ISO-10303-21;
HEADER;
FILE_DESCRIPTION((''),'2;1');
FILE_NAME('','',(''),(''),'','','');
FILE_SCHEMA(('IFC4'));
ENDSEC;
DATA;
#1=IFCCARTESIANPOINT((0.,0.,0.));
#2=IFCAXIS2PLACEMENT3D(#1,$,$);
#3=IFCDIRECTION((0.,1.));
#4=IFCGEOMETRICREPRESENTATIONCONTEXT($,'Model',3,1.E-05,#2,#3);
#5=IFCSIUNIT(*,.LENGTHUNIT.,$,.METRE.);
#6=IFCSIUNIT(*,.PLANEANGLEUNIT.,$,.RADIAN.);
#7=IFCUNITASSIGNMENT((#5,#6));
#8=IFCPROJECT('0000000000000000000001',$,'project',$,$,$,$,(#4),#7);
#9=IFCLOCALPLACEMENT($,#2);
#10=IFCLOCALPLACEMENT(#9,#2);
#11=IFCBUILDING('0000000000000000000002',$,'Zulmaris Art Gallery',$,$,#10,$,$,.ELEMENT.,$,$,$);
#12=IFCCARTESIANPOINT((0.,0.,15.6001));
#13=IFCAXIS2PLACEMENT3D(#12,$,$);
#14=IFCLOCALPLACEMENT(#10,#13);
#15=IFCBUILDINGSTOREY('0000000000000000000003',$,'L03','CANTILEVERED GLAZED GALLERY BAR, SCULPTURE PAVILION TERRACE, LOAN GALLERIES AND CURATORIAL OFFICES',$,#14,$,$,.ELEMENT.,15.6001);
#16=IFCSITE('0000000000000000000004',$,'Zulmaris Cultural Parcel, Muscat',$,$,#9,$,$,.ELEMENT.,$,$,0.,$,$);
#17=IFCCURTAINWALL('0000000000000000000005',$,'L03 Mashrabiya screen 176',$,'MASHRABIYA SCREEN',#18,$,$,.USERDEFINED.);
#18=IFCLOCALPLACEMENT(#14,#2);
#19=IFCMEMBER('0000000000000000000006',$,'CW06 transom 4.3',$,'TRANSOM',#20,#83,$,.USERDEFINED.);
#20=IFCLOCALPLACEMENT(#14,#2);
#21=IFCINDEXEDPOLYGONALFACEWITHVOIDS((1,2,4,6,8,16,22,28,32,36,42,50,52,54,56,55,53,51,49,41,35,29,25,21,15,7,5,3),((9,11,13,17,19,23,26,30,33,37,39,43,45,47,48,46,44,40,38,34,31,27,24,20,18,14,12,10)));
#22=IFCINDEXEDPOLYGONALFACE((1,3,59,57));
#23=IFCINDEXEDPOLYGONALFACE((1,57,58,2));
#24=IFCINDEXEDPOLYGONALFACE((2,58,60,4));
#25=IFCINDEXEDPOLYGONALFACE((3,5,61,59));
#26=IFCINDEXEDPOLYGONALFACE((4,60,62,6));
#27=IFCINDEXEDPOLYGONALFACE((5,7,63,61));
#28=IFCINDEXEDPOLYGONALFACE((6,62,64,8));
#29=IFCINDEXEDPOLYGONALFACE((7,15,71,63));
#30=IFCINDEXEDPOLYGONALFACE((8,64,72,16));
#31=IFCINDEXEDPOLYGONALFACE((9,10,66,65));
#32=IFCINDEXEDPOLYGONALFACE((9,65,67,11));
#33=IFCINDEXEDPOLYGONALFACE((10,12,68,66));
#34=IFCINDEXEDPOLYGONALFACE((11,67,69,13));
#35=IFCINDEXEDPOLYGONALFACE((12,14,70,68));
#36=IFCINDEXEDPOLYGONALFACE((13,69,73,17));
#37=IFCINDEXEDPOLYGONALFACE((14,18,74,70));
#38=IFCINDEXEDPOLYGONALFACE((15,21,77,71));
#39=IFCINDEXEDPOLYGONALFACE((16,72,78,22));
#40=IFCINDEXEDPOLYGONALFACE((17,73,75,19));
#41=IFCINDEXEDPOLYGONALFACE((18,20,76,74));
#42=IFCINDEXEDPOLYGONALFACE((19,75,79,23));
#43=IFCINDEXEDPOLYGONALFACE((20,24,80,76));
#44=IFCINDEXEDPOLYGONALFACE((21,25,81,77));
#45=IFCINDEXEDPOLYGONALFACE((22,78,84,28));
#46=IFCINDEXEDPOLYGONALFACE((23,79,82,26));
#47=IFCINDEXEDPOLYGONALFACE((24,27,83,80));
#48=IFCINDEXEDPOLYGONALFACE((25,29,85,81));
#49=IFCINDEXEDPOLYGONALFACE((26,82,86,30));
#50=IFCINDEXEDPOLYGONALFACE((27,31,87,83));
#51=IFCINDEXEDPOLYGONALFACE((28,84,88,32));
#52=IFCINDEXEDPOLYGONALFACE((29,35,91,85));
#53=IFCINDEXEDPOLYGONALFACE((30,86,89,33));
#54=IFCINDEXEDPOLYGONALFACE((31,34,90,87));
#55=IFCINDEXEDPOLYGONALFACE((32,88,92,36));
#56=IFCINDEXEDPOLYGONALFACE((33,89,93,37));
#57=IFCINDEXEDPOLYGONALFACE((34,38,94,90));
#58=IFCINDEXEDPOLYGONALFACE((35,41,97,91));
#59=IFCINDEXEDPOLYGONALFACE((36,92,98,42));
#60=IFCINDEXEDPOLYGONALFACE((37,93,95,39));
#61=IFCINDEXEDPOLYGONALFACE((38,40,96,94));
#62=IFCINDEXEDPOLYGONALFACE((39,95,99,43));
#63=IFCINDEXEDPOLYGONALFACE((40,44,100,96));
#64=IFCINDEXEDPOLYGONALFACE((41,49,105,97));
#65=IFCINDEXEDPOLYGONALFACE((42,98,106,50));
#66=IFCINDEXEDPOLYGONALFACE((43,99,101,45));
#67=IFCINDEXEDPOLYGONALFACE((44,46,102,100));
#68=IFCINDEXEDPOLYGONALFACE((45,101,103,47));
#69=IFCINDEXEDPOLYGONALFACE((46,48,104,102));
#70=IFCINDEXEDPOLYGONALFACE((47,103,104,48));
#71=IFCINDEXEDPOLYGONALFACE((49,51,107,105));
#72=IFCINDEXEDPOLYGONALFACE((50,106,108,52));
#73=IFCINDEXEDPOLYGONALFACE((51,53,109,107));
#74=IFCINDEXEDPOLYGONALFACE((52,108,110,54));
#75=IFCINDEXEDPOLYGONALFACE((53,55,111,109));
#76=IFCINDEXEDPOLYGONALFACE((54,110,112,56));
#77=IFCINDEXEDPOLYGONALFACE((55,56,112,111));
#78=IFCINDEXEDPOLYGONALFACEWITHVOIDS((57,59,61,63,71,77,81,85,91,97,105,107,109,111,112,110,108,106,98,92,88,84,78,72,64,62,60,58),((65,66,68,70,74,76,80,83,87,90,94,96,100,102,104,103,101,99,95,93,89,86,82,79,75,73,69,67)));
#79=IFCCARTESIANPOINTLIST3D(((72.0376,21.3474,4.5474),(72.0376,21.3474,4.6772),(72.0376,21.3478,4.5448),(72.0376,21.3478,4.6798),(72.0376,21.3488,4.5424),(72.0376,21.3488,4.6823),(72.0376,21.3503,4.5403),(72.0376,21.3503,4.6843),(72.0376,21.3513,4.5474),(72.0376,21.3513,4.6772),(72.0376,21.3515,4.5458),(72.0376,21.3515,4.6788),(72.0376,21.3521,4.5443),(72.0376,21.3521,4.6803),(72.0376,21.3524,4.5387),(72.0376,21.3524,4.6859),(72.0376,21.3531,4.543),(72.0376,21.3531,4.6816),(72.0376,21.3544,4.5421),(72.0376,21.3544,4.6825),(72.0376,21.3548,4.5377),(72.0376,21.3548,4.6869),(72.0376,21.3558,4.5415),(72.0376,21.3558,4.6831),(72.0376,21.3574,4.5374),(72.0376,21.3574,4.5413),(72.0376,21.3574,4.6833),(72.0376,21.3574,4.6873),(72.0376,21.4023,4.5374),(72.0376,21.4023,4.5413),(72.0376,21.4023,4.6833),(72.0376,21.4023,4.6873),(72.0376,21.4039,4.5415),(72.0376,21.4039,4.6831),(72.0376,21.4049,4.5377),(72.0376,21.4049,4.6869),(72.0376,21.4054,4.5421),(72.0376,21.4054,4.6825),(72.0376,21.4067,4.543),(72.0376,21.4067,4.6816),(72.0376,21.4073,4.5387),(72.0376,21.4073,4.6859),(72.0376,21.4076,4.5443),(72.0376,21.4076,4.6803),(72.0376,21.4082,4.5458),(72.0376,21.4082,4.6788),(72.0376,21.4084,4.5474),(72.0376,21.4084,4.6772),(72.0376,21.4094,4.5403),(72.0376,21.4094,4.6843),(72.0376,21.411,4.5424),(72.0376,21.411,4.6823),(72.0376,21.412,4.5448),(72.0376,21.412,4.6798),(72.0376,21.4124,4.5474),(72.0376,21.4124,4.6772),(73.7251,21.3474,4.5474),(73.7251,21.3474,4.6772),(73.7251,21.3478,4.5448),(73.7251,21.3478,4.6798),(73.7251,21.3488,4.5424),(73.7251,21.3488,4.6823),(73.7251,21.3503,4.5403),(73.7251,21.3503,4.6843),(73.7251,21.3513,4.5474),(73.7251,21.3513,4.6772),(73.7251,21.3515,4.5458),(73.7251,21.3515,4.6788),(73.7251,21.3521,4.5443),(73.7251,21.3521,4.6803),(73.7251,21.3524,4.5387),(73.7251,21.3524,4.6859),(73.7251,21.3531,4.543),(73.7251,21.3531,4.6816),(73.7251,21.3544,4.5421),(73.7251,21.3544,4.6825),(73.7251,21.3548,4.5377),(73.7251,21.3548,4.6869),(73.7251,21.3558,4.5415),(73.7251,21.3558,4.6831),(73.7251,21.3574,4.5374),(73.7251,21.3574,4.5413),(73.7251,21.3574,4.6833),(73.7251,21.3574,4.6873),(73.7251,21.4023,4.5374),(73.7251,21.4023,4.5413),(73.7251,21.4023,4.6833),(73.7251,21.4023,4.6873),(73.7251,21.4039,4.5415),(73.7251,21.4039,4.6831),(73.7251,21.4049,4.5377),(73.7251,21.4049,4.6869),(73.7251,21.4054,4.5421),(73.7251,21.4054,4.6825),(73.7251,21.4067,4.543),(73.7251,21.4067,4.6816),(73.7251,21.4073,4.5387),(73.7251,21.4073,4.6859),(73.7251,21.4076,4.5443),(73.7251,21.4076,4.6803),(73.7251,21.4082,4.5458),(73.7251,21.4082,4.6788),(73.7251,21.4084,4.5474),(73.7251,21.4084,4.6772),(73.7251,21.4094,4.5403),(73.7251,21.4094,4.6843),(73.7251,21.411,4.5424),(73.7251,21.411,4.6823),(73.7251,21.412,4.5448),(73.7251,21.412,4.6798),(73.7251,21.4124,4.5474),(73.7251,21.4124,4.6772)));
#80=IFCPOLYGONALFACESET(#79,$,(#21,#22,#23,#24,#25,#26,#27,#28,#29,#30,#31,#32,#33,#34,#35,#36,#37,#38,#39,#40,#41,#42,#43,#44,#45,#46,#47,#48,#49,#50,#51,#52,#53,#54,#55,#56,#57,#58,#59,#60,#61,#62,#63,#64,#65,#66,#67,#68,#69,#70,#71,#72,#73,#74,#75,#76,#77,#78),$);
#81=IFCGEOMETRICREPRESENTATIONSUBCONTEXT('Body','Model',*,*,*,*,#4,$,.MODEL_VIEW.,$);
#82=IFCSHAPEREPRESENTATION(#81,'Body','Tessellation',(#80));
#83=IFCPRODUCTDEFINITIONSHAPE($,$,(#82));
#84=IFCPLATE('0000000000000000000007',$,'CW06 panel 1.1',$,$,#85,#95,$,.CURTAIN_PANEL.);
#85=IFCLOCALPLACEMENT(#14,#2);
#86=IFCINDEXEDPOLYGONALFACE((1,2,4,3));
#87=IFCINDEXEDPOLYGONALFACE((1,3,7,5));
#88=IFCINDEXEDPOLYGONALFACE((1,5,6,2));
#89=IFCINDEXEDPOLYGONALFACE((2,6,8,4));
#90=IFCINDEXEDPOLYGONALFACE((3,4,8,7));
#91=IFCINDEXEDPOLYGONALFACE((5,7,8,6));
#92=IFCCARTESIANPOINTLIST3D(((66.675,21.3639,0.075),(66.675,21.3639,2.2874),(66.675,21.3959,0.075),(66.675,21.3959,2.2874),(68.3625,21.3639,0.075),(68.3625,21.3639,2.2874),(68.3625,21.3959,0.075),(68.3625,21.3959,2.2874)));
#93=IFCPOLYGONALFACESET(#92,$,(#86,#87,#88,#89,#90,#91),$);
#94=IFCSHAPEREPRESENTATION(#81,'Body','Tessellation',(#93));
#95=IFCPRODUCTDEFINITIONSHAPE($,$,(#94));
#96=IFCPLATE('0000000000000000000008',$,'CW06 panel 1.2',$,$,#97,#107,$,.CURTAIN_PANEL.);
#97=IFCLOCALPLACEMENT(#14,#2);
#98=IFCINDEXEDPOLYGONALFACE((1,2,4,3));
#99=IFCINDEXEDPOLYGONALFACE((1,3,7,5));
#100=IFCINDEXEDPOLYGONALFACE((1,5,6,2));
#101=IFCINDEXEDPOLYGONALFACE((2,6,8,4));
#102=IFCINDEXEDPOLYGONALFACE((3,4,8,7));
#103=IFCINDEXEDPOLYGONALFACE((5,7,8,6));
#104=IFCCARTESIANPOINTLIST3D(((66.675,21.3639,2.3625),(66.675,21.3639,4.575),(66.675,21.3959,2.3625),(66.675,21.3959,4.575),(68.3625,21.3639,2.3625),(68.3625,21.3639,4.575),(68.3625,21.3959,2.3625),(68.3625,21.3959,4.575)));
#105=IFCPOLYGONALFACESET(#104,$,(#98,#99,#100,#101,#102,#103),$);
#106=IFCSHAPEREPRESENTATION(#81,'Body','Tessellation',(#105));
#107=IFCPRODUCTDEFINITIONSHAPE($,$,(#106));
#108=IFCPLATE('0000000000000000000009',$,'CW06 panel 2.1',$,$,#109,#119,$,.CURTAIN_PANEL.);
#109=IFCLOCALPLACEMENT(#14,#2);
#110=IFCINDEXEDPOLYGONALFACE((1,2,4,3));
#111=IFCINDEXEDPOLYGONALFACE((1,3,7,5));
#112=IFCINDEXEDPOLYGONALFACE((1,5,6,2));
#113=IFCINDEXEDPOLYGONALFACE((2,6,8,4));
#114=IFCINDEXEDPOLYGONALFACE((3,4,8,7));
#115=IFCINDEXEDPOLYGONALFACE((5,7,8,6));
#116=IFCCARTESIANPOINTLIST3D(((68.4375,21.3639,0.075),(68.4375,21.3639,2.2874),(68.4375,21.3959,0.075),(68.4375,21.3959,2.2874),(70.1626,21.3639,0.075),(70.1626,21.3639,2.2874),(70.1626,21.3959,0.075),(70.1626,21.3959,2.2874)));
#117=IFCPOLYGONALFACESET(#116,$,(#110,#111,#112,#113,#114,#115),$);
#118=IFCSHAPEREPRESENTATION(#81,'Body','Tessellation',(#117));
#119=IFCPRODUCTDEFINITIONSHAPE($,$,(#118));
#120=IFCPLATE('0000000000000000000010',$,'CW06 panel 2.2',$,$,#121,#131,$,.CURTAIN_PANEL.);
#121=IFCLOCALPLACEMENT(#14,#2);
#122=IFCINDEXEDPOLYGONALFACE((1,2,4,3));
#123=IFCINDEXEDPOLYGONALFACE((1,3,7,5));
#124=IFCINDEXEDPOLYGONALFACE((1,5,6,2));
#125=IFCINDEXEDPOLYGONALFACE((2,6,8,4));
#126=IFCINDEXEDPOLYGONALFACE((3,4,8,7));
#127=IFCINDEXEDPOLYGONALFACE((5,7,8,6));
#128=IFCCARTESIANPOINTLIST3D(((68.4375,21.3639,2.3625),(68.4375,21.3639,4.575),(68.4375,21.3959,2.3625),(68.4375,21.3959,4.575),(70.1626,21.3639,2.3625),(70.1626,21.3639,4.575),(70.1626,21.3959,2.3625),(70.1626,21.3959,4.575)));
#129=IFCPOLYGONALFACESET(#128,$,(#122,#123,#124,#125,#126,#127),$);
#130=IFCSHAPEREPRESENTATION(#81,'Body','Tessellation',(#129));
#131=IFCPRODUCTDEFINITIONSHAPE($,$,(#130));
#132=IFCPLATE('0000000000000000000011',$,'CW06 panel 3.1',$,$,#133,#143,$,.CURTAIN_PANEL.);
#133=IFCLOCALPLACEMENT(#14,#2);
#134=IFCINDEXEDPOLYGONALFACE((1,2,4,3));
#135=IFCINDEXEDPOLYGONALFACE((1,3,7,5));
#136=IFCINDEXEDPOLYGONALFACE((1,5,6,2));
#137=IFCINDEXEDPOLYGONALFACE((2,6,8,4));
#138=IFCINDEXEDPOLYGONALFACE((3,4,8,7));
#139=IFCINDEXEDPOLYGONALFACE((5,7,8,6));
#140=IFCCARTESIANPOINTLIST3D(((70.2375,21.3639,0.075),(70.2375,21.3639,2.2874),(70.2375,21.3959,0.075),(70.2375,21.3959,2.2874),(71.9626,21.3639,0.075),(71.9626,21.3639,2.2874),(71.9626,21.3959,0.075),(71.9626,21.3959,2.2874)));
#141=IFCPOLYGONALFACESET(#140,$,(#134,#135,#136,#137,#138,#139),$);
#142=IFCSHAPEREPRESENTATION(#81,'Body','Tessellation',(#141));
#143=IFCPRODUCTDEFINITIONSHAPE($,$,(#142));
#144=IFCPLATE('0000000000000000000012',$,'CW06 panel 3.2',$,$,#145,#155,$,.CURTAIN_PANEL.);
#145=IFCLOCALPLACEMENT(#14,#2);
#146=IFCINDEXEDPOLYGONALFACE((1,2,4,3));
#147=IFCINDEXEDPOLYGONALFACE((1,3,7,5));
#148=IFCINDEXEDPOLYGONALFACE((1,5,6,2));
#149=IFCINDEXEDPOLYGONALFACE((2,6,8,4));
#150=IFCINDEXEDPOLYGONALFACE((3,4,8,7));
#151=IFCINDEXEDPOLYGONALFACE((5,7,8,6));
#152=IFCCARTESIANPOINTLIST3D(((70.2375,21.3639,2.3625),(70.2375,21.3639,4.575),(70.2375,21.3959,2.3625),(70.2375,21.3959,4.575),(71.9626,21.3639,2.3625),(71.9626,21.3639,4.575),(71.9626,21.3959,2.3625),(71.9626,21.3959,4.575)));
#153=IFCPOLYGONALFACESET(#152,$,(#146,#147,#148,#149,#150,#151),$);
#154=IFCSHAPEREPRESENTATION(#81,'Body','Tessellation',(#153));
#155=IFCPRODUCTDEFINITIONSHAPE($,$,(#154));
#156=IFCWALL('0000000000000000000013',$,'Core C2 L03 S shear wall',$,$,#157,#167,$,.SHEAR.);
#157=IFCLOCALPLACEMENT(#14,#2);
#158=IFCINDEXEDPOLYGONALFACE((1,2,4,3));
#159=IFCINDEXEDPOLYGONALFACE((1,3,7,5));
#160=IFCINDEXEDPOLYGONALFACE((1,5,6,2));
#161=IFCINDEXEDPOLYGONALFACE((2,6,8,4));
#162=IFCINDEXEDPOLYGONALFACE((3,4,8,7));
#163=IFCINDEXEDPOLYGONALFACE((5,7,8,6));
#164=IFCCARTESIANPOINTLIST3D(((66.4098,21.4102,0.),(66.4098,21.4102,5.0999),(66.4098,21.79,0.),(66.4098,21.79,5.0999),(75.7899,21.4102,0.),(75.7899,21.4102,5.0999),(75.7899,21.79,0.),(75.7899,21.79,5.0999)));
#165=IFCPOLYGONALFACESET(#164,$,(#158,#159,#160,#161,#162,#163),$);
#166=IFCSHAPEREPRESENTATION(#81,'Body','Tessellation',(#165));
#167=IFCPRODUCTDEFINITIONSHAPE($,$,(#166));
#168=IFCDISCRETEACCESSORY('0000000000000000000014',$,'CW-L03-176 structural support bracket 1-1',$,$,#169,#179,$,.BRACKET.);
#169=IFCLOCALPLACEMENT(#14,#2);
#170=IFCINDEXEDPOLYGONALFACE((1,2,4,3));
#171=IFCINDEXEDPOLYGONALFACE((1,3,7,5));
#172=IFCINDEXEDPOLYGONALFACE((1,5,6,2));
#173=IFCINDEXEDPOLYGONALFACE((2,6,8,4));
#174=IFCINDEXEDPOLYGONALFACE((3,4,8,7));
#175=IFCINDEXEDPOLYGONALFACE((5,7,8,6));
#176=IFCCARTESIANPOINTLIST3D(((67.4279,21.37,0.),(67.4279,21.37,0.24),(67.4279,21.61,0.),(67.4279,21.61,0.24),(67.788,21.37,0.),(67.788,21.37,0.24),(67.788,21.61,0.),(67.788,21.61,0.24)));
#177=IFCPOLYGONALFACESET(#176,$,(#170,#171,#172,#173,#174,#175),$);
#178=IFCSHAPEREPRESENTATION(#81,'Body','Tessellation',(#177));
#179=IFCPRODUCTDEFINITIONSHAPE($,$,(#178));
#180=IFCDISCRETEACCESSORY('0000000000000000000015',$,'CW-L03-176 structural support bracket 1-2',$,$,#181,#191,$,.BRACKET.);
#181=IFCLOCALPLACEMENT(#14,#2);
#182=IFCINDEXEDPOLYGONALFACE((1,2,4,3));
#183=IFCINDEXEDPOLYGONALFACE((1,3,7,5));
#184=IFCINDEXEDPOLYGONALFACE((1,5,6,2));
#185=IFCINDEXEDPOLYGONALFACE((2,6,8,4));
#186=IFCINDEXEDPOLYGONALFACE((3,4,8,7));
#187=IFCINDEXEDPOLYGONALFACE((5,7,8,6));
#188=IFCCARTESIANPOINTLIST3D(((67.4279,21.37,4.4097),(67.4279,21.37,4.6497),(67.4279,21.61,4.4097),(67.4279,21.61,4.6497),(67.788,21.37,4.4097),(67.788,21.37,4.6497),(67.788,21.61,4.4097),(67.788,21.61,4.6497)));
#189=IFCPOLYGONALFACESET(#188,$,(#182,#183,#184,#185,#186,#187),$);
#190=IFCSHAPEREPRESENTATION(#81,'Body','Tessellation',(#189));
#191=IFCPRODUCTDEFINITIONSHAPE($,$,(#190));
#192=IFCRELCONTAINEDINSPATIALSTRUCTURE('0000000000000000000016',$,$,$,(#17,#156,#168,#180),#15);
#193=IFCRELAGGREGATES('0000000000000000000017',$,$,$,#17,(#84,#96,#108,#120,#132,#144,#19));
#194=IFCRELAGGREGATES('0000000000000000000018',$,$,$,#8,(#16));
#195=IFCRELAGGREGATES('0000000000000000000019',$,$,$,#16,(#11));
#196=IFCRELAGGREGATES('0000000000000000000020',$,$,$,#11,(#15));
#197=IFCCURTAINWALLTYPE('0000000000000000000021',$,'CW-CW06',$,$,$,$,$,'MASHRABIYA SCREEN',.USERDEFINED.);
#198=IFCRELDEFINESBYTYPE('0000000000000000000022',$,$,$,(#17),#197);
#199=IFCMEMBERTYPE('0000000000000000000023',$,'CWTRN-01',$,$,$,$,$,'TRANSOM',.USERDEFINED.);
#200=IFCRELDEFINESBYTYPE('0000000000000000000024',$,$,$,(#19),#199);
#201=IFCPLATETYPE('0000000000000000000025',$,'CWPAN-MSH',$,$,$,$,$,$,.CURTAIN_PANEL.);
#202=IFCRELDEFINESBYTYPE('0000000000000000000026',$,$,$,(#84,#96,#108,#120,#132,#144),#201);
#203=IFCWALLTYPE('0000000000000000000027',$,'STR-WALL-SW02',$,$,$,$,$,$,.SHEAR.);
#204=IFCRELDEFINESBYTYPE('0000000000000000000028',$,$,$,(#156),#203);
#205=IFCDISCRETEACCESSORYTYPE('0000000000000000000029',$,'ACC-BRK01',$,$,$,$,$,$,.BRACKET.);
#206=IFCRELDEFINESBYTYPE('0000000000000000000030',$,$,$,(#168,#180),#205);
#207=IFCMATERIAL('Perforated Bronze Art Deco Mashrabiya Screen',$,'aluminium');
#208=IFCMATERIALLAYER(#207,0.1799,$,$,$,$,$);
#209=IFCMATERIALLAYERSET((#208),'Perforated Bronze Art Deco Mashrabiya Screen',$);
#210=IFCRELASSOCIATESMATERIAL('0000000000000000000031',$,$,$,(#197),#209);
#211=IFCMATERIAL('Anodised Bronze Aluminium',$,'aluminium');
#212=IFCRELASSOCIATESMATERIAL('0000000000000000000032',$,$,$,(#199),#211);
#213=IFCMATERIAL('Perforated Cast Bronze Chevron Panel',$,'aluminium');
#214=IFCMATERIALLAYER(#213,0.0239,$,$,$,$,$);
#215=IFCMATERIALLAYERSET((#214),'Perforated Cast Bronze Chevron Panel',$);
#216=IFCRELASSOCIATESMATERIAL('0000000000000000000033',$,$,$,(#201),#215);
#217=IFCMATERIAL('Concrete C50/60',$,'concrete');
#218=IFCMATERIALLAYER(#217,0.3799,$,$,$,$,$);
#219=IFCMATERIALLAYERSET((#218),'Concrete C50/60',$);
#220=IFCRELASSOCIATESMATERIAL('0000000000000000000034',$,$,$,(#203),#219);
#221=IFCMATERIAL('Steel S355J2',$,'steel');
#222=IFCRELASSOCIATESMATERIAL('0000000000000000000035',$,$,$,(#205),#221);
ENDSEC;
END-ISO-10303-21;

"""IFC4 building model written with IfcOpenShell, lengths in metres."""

from ifc_helpers import new_model, si_unit, direction, frame, frame_2d, origin, origin_2d, place, context, subcontext, project, spatial, rectangle, hollow_rectangle, extrude, material, layer, layer_set, material_profile, profile_set, type_object, element, aggregate, save


model = new_model("IFC4")

# Units and contexts
model_context = context("Model", 3, precision=1e-05, world=origin(), true_north=direction((0.0, 1.0)))
body_context = subcontext(model_context, "Body", "Model", "MODEL_VIEW")
ifc_project = project(units=[si_unit("LENGTHUNIT", "METRE"), si_unit("PLANEANGLEUNIT", "RADIAN")], contexts=[model_context])

# Site, building, storey
site_placement = place(None, origin())
site = spatial("IfcSite", under=ifc_project, at=site_placement, Name="Zulmaris Cultural Parcel, Muscat", CompositionType="ELEMENT", RefElevation=0.0)
building_placement = place(site_placement, origin())
building = spatial("IfcBuilding", under=site, at=building_placement, Name="Zulmaris Art Gallery", CompositionType="ELEMENT")
storey_placement = place(building_placement, frame((0.0, 0.0, 15.6001)))
storey = spatial("IfcBuildingStorey", under=building, at=storey_placement, Name="L03", Description="CANTILEVERED GLAZED GALLERY BAR, SCULPTURE PAVILION TERRACE, LOAN GALLERIES AND CURATORIAL OFFICES", CompositionType="ELEMENT", Elevation=15.6001)

# Shared definitions
ifc_material_1 = material(Name="Steel S355J2", Category="steel")

# Shared definitions
ifc_material_2 = material(Name="Anodised Bronze Aluminium", Category="aluminium")
ifc_material_3 = material(Name="Perforated Bronze Art Deco Mashrabiya Screen", Category="aluminium")
ifc_layer_1 = layer(ifc_material_3, 0.1799)
ifc_layer_set_1 = layer_set([ifc_layer_1], Name="Perforated Bronze Art Deco Mashrabiya Screen")
curtain_wall_type_1 = type_object("IfcCurtainWallType", Name="CW-CW06", ElementType="MASHRABIYA SCREEN", PredefinedType="USERDEFINED", material=ifc_layer_set_1)

# Curtain wall, member, plates
curtain_wall_1_placement = place(storey_placement, origin())
curtain_wall_1 = element("IfcCurtainWall", 1, at=curtain_wall_1_placement, inside=storey, type_object=curtain_wall_type_1, Name="L03 Mashrabiya screen 176", ObjectType="MASHRABIYA SCREEN", PredefinedType="USERDEFINED")
ifc_material_profile_1 = material_profile(ifc_material_2, hollow_rectangle(XDim=0.0649, YDim=0.1499, WallThickness=0.0039, InnerFilletRadius=0.0061, OuterFilletRadius=0.01, at=origin_2d()), Name="ALU 65x150x4")
ifc_profile_set_1 = profile_set([ifc_material_profile_1], Name="Anodised Bronze Aluminium")
member_type_1 = type_object("IfcMemberType", Name="CWTRN-01", ElementType="TRANSOM", PredefinedType="USERDEFINED", material=ifc_profile_set_1)
member_1_placement = place(storey_placement, frame((72.0376, 21.3799, 4.6123), z_axis=(1.0, 0.0, 0.0), x_axis=(0.0, 1.0, 0.0)))
member_1 = element("IfcMember", 2, at=member_1_placement, type_object=member_type_1, Name="CW06 transom 4.3", ObjectType="TRANSOM", PredefinedType="USERDEFINED", context=body_context, shape_type="SweptSolid", body=[
    extrude(hollow_rectangle(XDim=0.0649, YDim=0.1499, WallThickness=0.0039, InnerFilletRadius=0.0061, OuterFilletRadius=0.01, at=origin_2d()), origin(), (0.0, 0.0, 1.0), 1.6875),
])
ifc_material_4 = material(Name="Perforated Cast Bronze Chevron Panel", Category="aluminium")
ifc_layer_2 = layer(ifc_material_4, 0.0239)
ifc_layer_set_2 = layer_set([ifc_layer_2], Name="Perforated Cast Bronze Chevron Panel")
plate_type = type_object("IfcPlateType", Name="CWPAN-MSH", PredefinedType="CURTAIN_PANEL", material=ifc_layer_set_2)
plate_1_placement = place(storey_placement, frame((67.5188, 21.3799, 0.075), z_axis=(0.0, 0.0, 1.0), x_axis=(1.0, 0.0, 0.0)))
plate_1 = element("IfcPlate", 3, at=plate_1_placement, type_object=plate_type, Name="CW06 panel 1.1", PredefinedType="CURTAIN_PANEL", context=body_context, shape_type="SweptSolid", body=[
    extrude(rectangle(XDim=1.6875, YDim=0.032, at=origin_2d()), origin(), (0.0, 0.0, 1.0), 2.2124),
])
plate_2_placement = place(storey_placement, frame((67.5188, 21.3799, 2.3625), z_axis=(0.0, 0.0, 1.0), x_axis=(1.0, 0.0, 0.0)))
plate_2 = element("IfcPlate", 4, at=plate_2_placement, type_object=plate_type, Name="CW06 panel 1.2", PredefinedType="CURTAIN_PANEL", context=body_context, shape_type="SweptSolid", body=[
    extrude(rectangle(XDim=1.6875, YDim=0.032, at=origin_2d()), origin(), (0.0, 0.0, 1.0), 2.2124),
])
plate_3_placement = place(storey_placement, frame((69.3, 21.3799, 0.075), z_axis=(0.0, 0.0, 1.0), x_axis=(1.0, 0.0, 0.0)))
plate_3 = element("IfcPlate", 5, at=plate_3_placement, type_object=plate_type, Name="CW06 panel 2.1", PredefinedType="CURTAIN_PANEL", context=body_context, shape_type="SweptSolid", body=[
    extrude(rectangle(XDim=1.7251, YDim=0.032, at=origin_2d()), origin(), (0.0, 0.0, 1.0), 2.2124),
])
plate_4_placement = place(storey_placement, frame((69.3, 21.3799, 2.3625), z_axis=(0.0, 0.0, 1.0), x_axis=(1.0, 0.0, 0.0)))
plate_4 = element("IfcPlate", 6, at=plate_4_placement, type_object=plate_type, Name="CW06 panel 2.2", PredefinedType="CURTAIN_PANEL", context=body_context, shape_type="SweptSolid", body=[
    extrude(rectangle(XDim=1.7251, YDim=0.032, at=origin_2d()), origin(), (0.0, 0.0, 1.0), 2.2124),
])
plate_5_placement = place(storey_placement, frame((71.1001, 21.3799, 0.075), z_axis=(0.0, 0.0, 1.0), x_axis=(1.0, 0.0, 0.0)))
plate_5 = element("IfcPlate", 7, at=plate_5_placement, type_object=plate_type, Name="CW06 panel 3.1", PredefinedType="CURTAIN_PANEL", context=body_context, shape_type="SweptSolid", body=[
    extrude(rectangle(XDim=1.7251, YDim=0.032, at=origin_2d()), origin(), (0.0, 0.0, 1.0), 2.2124),
])
plate_6_placement = place(storey_placement, frame((71.1001, 21.3799, 2.3625), z_axis=(0.0, 0.0, 1.0), x_axis=(1.0, 0.0, 0.0)))
plate_6 = element("IfcPlate", 8, at=plate_6_placement, type_object=plate_type, Name="CW06 panel 3.2", PredefinedType="CURTAIN_PANEL", context=body_context, shape_type="SweptSolid", body=[
    extrude(rectangle(XDim=1.7251, YDim=0.032, at=origin_2d()), origin(), (0.0, 0.0, 1.0), 2.2124),
])
aggregate(curtain_wall_1, [plate_1, plate_2, plate_3, plate_4, plate_5, plate_6, member_1])

# Wall
ifc_material_5 = material(Name="Concrete C50/60", Category="concrete")
ifc_layer_3 = layer(ifc_material_5, 0.3799)
ifc_layer_set_3 = layer_set([ifc_layer_3], Name="Concrete C50/60")
wall_type = type_object("IfcWallType", Name="STR-WALL-SW02", PredefinedType="SHEAR", material=ifc_layer_set_3)
wall_placement = place(storey_placement, frame((66.4099, 21.6001, 0.0), z_axis=(0.0, 0.0, 1.0), x_axis=(1.0, 0.0, 0.0)))
element("IfcWall", 9, at=wall_placement, inside=storey, type_object=wall_type, Name="Core C2 L03 S shear wall", PredefinedType="SHEAR", context=body_context, shape_type="SweptSolid", body=[
    extrude(rectangle(XDim=9.3801, YDim=0.3799, at=frame_2d((4.6899, 0.0))), origin(), (0.0, 0.0, 1.0), 5.0999),
])

# Discrete accessories
discrete_accessory_type = type_object("IfcDiscreteAccessoryType", Name="ACC-BRK01", PredefinedType="BRACKET", material=ifc_material_1)
for number, where, z_axis, x_axis, name in (
    (10, (67.6079, 21.49, 0.0), (0.0, 0.0, 1.0), (1.0, 0.0, 0.0), "CW-L03-176 structural support bracket 1-1"),
    (11, (67.6079, 21.49, 4.4097), (0.0, 0.0, 1.0), (1.0, 0.0, 0.0), "CW-L03-176 structural support bracket 1-2"),
):
    element("IfcDiscreteAccessory", number, at=place(storey_placement, frame(where, z_axis=z_axis, x_axis=x_axis)), inside=storey, type_object=discrete_accessory_type, Name=name, PredefinedType="BRACKET", context=body_context, shape_type="SweptSolid", body=[
        extrude(rectangle(XDim=0.3601, YDim=0.24, at=origin_2d()), origin(), (0.0, 0.0, 1.0), 0.24),
    ])

save(model, "model.ifc")
